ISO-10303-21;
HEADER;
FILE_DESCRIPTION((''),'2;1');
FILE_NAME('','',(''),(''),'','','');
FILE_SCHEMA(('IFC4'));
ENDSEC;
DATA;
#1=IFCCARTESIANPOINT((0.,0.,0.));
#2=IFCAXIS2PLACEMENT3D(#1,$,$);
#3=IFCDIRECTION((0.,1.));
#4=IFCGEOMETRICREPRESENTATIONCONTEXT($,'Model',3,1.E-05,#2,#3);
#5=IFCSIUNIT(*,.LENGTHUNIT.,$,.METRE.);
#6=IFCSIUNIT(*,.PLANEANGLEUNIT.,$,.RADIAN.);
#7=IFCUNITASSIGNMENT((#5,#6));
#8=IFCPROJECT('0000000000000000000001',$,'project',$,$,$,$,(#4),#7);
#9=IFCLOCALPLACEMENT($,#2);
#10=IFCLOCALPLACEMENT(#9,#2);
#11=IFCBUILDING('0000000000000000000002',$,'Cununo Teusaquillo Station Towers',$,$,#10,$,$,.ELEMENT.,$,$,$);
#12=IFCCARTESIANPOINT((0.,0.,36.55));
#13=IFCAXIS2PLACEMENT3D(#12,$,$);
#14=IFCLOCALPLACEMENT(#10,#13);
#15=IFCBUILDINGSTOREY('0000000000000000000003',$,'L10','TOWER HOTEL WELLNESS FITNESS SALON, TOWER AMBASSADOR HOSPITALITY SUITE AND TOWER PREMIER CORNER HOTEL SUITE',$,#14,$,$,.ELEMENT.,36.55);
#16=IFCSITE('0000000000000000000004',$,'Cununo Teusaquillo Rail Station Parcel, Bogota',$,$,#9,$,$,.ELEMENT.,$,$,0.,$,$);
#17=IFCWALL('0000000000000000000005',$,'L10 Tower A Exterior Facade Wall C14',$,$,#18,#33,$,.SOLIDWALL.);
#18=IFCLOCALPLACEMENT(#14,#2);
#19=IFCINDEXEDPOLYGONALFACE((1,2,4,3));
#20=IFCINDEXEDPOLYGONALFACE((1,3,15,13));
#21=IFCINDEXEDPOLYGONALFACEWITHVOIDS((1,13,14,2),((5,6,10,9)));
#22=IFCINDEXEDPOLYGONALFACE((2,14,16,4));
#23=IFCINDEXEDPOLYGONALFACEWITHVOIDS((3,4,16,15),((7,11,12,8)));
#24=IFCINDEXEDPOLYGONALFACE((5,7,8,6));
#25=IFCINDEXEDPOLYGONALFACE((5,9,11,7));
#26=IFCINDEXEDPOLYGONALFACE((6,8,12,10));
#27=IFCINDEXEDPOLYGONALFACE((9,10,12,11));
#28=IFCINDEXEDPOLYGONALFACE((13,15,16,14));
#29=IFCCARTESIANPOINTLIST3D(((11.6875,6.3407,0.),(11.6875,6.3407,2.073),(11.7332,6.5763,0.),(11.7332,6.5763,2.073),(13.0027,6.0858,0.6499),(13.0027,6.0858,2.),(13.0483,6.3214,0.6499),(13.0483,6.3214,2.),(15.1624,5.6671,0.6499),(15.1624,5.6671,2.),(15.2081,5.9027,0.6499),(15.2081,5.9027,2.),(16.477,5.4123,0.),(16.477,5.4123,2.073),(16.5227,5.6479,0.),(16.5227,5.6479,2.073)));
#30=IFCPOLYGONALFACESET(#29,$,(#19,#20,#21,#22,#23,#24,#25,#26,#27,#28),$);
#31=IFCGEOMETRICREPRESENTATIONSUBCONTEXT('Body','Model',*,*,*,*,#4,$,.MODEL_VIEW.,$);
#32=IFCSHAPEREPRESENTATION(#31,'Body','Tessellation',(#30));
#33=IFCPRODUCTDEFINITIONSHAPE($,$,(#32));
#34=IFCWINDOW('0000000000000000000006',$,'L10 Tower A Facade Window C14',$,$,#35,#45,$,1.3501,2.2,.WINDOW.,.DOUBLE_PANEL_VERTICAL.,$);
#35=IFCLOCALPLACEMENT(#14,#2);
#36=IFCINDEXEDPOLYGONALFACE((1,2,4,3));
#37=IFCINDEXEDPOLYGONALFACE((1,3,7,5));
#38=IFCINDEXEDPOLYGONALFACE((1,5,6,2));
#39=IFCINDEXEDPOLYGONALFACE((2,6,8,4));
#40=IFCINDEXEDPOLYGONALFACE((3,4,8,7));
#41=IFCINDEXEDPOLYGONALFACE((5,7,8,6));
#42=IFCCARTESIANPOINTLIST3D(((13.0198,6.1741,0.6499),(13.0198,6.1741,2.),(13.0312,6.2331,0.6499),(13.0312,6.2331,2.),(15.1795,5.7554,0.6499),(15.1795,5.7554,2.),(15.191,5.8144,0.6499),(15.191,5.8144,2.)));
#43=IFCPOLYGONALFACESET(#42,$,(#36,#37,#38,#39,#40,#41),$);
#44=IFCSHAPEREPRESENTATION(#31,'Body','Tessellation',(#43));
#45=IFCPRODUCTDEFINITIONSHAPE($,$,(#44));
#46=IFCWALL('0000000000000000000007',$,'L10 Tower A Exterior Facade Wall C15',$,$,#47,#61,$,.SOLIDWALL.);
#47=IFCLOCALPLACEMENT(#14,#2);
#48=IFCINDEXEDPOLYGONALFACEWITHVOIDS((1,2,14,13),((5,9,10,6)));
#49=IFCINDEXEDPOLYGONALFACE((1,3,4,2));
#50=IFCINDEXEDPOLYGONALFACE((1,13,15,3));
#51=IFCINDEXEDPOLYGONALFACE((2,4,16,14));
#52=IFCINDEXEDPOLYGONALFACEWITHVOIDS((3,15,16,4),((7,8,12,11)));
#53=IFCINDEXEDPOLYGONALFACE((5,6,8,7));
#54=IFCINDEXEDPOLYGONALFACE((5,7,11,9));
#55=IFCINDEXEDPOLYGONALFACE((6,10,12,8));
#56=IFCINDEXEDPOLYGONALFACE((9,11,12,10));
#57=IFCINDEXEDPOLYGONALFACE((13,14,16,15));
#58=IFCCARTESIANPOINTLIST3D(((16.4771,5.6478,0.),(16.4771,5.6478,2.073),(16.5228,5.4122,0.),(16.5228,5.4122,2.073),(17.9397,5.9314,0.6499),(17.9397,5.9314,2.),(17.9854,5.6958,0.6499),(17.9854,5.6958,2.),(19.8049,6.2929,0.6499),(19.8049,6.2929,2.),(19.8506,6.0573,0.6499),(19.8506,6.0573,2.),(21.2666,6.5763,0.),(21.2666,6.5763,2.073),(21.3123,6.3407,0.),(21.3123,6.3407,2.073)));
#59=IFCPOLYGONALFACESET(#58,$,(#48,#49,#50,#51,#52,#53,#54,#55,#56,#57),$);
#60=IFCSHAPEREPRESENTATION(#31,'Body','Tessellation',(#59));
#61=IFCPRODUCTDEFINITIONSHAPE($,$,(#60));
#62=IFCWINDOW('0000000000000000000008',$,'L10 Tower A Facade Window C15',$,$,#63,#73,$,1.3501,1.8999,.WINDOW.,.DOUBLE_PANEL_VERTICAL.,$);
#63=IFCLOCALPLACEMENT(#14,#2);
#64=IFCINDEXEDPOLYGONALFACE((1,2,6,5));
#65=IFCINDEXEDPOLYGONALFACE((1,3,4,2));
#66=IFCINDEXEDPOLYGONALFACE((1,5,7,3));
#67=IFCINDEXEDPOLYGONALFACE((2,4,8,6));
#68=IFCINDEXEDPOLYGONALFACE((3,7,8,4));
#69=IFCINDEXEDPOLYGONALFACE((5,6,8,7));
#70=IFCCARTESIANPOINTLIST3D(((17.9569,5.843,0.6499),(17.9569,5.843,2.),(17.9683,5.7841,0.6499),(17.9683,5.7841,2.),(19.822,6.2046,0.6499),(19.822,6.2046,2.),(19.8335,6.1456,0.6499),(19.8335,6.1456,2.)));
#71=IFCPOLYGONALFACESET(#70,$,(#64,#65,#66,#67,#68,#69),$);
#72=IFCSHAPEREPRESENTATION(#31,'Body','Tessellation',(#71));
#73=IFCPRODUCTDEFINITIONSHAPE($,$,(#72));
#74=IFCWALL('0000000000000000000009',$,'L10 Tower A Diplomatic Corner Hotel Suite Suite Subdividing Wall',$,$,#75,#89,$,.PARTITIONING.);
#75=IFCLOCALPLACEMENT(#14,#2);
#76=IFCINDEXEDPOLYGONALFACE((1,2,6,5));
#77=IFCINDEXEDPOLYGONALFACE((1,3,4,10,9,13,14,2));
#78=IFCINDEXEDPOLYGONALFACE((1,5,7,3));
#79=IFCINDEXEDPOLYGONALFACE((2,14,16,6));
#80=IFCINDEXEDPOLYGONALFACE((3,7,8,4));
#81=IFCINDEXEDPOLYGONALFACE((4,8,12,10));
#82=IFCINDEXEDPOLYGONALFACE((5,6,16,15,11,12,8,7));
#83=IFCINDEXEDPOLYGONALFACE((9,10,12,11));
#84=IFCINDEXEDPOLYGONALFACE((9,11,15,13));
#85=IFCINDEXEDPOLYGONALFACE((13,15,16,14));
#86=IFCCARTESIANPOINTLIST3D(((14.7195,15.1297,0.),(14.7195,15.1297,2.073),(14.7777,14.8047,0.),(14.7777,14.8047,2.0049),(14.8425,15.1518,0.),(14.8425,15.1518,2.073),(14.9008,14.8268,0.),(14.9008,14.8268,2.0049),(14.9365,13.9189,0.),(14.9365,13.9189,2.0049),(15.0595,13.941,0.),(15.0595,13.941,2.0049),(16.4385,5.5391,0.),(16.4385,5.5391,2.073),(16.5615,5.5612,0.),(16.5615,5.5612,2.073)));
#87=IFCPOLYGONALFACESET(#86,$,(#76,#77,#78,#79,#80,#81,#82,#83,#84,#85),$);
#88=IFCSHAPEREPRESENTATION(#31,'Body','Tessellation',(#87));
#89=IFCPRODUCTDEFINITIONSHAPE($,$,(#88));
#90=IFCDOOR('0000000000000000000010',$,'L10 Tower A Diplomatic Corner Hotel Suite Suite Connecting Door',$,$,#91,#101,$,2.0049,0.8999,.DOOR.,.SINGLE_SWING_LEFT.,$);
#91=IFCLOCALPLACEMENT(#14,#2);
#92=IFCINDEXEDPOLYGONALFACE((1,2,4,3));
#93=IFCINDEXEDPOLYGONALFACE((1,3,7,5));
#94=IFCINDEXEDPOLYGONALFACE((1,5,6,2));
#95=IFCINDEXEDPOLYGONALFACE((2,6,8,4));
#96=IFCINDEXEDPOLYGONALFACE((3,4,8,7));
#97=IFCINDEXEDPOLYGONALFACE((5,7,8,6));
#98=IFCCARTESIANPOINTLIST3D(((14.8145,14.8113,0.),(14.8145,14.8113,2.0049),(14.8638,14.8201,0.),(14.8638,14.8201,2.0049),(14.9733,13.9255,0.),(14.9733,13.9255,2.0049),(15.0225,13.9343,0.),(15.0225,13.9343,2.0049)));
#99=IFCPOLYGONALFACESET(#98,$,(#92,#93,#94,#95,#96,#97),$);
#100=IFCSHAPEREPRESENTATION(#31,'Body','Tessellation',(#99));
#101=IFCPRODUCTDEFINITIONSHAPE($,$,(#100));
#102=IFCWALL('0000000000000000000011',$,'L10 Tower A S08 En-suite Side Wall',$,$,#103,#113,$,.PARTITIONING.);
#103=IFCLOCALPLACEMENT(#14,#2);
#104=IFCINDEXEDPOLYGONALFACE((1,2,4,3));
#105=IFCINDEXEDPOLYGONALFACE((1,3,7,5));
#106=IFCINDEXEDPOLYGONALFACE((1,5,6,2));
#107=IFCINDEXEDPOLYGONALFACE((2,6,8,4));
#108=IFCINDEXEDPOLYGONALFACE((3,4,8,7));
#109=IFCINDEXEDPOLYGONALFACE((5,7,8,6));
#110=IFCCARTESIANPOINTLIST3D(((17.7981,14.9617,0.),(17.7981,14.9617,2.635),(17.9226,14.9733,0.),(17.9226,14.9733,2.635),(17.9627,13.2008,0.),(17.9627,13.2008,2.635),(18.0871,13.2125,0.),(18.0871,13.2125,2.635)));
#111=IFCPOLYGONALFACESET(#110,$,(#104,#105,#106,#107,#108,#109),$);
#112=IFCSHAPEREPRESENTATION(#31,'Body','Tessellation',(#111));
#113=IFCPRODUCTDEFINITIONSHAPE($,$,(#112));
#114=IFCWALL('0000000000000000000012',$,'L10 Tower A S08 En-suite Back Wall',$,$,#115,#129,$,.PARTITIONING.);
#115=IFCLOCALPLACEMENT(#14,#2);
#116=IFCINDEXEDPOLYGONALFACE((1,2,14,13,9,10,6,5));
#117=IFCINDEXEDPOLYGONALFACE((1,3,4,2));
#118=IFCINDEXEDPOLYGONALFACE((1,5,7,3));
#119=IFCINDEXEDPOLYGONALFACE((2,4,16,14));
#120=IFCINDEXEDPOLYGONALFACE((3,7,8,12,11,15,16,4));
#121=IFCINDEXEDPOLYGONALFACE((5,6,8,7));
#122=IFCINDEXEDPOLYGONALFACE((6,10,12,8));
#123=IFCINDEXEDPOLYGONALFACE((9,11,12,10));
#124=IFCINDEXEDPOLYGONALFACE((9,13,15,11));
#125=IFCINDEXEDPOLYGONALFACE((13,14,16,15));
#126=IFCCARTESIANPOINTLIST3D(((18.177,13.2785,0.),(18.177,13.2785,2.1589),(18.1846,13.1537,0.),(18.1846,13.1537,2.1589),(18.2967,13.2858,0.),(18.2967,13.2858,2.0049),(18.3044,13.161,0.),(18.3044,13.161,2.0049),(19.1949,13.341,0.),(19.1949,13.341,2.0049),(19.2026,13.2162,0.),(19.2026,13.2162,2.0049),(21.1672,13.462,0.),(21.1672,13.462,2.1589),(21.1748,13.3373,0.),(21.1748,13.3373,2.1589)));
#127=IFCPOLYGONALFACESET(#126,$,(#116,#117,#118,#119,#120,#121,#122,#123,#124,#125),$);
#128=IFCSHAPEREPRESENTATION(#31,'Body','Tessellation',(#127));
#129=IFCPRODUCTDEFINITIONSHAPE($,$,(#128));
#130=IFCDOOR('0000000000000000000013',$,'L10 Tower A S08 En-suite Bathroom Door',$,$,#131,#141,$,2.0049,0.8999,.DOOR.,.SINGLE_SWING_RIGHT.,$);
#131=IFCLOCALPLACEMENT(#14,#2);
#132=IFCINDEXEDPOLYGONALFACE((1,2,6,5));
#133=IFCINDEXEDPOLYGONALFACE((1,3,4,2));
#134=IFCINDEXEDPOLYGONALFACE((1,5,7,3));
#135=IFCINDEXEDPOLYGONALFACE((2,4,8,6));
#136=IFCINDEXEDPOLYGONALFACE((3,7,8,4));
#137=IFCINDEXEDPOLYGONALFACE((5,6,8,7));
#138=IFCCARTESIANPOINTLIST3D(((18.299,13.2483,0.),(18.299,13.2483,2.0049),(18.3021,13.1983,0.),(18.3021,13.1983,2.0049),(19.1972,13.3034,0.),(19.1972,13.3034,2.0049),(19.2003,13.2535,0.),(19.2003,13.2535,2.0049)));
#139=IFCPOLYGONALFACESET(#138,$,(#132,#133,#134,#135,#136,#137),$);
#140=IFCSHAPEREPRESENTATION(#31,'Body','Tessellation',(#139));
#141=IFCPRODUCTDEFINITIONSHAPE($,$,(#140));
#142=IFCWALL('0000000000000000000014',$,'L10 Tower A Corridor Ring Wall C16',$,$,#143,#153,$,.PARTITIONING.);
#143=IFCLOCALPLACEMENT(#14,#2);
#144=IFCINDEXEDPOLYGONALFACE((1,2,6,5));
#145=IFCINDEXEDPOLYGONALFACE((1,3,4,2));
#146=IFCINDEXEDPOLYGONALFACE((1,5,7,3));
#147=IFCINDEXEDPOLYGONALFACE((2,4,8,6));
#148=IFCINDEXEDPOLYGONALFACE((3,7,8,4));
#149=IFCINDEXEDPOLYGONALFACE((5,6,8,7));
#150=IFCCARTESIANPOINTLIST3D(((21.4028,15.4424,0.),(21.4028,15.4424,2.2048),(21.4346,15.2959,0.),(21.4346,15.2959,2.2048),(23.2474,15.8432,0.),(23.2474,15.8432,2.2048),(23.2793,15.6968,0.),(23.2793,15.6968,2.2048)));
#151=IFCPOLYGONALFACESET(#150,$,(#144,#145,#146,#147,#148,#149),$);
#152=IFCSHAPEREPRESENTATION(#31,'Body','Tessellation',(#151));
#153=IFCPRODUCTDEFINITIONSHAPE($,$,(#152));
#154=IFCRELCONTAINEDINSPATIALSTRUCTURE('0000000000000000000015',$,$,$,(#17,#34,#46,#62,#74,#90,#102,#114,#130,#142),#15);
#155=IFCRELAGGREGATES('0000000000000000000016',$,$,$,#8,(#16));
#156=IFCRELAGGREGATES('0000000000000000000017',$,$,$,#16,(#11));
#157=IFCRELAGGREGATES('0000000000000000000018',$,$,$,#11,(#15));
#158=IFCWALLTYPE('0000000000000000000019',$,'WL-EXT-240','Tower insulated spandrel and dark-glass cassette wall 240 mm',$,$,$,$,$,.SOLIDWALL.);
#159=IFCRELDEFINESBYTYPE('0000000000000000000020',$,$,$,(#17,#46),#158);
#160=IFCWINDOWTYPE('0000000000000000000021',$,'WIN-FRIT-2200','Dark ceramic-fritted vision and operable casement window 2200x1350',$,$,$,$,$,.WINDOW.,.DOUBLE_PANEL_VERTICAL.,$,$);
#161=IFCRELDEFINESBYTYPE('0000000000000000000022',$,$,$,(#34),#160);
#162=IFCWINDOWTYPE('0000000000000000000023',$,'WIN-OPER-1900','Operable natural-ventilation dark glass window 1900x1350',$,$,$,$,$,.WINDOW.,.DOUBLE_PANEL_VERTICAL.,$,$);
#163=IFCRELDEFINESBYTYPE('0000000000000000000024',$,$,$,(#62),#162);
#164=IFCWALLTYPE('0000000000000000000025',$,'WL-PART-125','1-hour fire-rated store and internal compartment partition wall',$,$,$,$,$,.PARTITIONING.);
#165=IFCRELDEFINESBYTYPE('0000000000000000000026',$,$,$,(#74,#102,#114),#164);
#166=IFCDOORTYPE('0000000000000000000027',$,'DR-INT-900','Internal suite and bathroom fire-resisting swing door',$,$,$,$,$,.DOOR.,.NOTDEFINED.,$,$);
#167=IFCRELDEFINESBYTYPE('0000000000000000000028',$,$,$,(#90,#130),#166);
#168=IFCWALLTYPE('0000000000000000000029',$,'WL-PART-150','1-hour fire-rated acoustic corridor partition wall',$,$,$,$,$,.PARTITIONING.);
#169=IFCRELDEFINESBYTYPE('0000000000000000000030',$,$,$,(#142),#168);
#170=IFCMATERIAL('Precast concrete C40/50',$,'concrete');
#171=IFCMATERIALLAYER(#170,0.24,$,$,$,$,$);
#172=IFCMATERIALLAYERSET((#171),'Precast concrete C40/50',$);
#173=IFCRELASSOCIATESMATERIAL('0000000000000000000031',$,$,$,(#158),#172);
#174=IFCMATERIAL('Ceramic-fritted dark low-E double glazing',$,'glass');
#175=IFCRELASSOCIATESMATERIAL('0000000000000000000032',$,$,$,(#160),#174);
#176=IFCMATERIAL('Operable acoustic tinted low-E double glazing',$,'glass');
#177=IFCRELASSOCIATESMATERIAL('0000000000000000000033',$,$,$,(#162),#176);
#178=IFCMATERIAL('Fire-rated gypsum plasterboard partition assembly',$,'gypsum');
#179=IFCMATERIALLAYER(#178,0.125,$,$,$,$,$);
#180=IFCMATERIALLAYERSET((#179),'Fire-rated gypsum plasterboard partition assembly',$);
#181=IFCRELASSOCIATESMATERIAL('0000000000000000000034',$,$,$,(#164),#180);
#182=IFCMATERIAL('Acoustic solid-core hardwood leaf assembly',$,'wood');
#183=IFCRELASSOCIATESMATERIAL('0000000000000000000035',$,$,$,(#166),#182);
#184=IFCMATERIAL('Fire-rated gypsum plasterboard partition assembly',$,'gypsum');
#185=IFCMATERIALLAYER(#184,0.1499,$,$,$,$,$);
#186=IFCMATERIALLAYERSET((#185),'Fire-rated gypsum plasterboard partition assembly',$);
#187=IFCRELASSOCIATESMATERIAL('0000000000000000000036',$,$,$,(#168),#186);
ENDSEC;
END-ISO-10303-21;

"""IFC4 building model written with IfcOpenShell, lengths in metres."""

from ifc_helpers import new_model, si_unit, direction, frame, frame_2d, origin, place, context, subcontext, project, spatial, rectangle, extrude, source, transform, mapped, material, layer, layer_set, type_object, element, fill, save


model = new_model("IFC4")

# Units and contexts
model_context = context("Model", 3, precision=1e-05, world=origin(), true_north=direction((0.0, 1.0)))
body_context = subcontext(model_context, "Body", "Model", "MODEL_VIEW")
ifc_project = project(units=[si_unit("LENGTHUNIT", "METRE"), si_unit("PLANEANGLEUNIT", "RADIAN")], contexts=[model_context])

# Site, building, storey
site_placement = place(None, origin())
site = spatial("IfcSite", under=ifc_project, at=site_placement, Name="Cununo Teusaquillo Rail Station Parcel, Bogota", CompositionType="ELEMENT", RefElevation=0.0)
building_placement = place(site_placement, origin())
building = spatial("IfcBuilding", under=site, at=building_placement, Name="Cununo Teusaquillo Station Towers", CompositionType="ELEMENT")
storey_placement = place(building_placement, frame((0.0, 0.0, 36.55)))
storey = spatial("IfcBuildingStorey", under=building, at=storey_placement, Name="L10", Description="TOWER HOTEL WELLNESS FITNESS SALON, TOWER AMBASSADOR HOSPITALITY SUITE AND TOWER PREMIER CORNER HOTEL SUITE", CompositionType="ELEMENT", Elevation=36.55)

# Walls, openings, windows
ifc_material_1 = material(Name="Precast concrete C40/50", Category="concrete")
ifc_layer_1 = layer(ifc_material_1, 0.24)
ifc_layer_set_1 = layer_set([ifc_layer_1], Name="Precast concrete C40/50")
wall_type_1 = type_object("IfcWallType", Name="WL-EXT-240", Description="Tower insulated spandrel and dark-glass cassette wall 240 mm", PredefinedType="SOLIDWALL", material=ifc_layer_set_1)
wall_1_placement = place(storey_placement, frame((16.5, 5.53, 0.0), z_axis=(0.0, 0.0, 1.0), x_axis=(-0.981724, 0.19031, 0.0)))
wall_1 = element("IfcWall", 1, at=wall_1_placement, inside=storey, type_object=wall_type_1, Name="L10 Tower A Exterior Facade Wall C14", PredefinedType="SOLIDWALL", context=body_context, shape_type="SweptSolid", body=[
    extrude(rectangle(XDim=4.8787, YDim=0.24, at=frame_2d((2.4395, 0.0))), origin(), (0.0, 0.0, 1.0), 2.073),
])
shared_shape_1 = source(origin(), body_context, "Body", "SweptSolid", [
    extrude(rectangle(XDim=2.2, YDim=1.3501, at=frame_2d((1.1001, 0.675))), frame((0.0, 0.1299, 0.0), z_axis=(0.0, -1.0, 0.0), x_axis=(1.0, 0.0, 0.0)), (0.0, 0.0, 1.0), 0.26),
])
opening_1_placement = place(wall_1_placement, frame((1.3391, 0.0, 0.6499)))
opening_1 = element("IfcOpeningElement", 2, at=opening_1_placement, cuts=wall_1, PredefinedType="OPENING", context=body_context, shape_type="MappedRepresentation", body=[
    mapped(shared_shape_1, transform((0.0, 0.0, 0.0), x_axis=(1.0, 0.0, 0.0), y_axis=(0.0, 1.0, 0.0), z_axis=(0.0, 0.0, 1.0), scale=1.0)),
])
ifc_material_2 = material(Name="Ceramic-fritted dark low-E double glazing", Category="glass")
window_type_1 = type_object("IfcWindowType", Name="WIN-FRIT-2200", Description="Dark ceramic-fritted vision and operable casement window 2200x1350", PartitioningType="DOUBLE_PANEL_VERTICAL", PredefinedType="WINDOW", material=ifc_material_2)
shared_shape_2 = source(origin(), body_context, "Body", "SweptSolid", [
    extrude(rectangle(XDim=2.2, YDim=1.3501, at=frame_2d((1.1001, 0.675))), frame((0.0, 0.03, 0.0), z_axis=(0.0, -1.0, 0.0), x_axis=(1.0, 0.0, 0.0)), (0.0, 0.0, 1.0), 0.0601),
])
window_1_placement = place(opening_1_placement, origin())
window_1 = element("IfcWindow", 3, at=window_1_placement, inside=storey, type_object=window_type_1, Name="L10 Tower A Facade Window C14", OverallHeight=1.3501, OverallWidth=2.2, PartitioningType="DOUBLE_PANEL_VERTICAL", PredefinedType="WINDOW", context=body_context, shape_type="MappedRepresentation", body=[
    mapped(shared_shape_2, transform((0.0, 0.0, 0.0), x_axis=(1.0, 0.0, 0.0), y_axis=(0.0, 1.0, 0.0), z_axis=(0.0, 0.0, 1.0), scale=1.0)),
])
fill(opening_1, window_1)
wall_2_placement = place(storey_placement, frame((21.2896, 6.4585, 0.0), z_axis=(0.0, 0.0, 1.0), x_axis=(-0.981724, -0.19031, 0.0)))
wall_2 = element("IfcWall", 4, at=wall_2_placement, inside=storey, type_object=wall_type_1, Name="L10 Tower A Exterior Facade Wall C15", PredefinedType="SOLIDWALL", context=body_context, shape_type="SweptSolid", body=[
    extrude(rectangle(XDim=4.8787, YDim=0.24, at=frame_2d((2.4395, 0.0))), origin(), (0.0, 0.0, 1.0), 2.073),
])
shared_shape_3 = source(origin(), body_context, "Body", "SweptSolid", [
    extrude(rectangle(XDim=1.8999, YDim=1.3501, at=frame_2d((0.95, 0.675))), frame((0.0, 0.1299, 0.0), z_axis=(0.0, -1.0, 0.0), x_axis=(1.0, 0.0, 0.0)), (0.0, 0.0, 1.0), 0.26),
])
opening_2_placement = place(wall_2_placement, frame((1.489, 0.0, 0.6499)))
opening_2 = element("IfcOpeningElement", 5, at=opening_2_placement, cuts=wall_2, PredefinedType="OPENING", context=body_context, shape_type="MappedRepresentation", body=[
    mapped(shared_shape_3, transform((0.0, 0.0, 0.0), x_axis=(1.0, 0.0, 0.0), y_axis=(0.0, 1.0, 0.0), z_axis=(0.0, 0.0, 1.0), scale=1.0)),
])
ifc_material_3 = material(Name="Operable acoustic tinted low-E double glazing", Category="glass")
window_type_2 = type_object("IfcWindowType", Name="WIN-OPER-1900", Description="Operable natural-ventilation dark glass window 1900x1350", PartitioningType="DOUBLE_PANEL_VERTICAL", PredefinedType="WINDOW", material=ifc_material_3)
shared_shape_4 = source(origin(), body_context, "Body", "SweptSolid", [
    extrude(rectangle(XDim=1.8999, YDim=1.3501, at=frame_2d((0.95, 0.675))), frame((0.0, 0.03, 0.0), z_axis=(0.0, -1.0, 0.0), x_axis=(1.0, 0.0, 0.0)), (0.0, 0.0, 1.0), 0.0601),
])
window_2_placement = place(opening_2_placement, origin())
window_2 = element("IfcWindow", 6, at=window_2_placement, inside=storey, type_object=window_type_2, Name="L10 Tower A Facade Window C15", OverallHeight=1.3501, OverallWidth=1.8999, PartitioningType="DOUBLE_PANEL_VERTICAL", PredefinedType="WINDOW", context=body_context, shape_type="MappedRepresentation", body=[
    mapped(shared_shape_4, transform((0.0, 0.0, 0.0), x_axis=(1.0, 0.0, 0.0), y_axis=(0.0, 1.0, 0.0), z_axis=(0.0, 0.0, 1.0), scale=1.0)),
])
fill(opening_2, window_2)

# Wall, opening, door
ifc_material_4 = material(Name="Fire-rated gypsum plasterboard partition assembly", Category="gypsum")
ifc_layer_2 = layer(ifc_material_4, 0.125)
ifc_layer_set_2 = layer_set([ifc_layer_2], Name="Fire-rated gypsum plasterboard partition assembly")
wall_type_2 = type_object("IfcWallType", Name="WL-PART-125", Description="1-hour fire-rated store and internal compartment partition wall", PredefinedType="PARTITIONING", material=ifc_layer_set_2)
wall_3_placement = place(storey_placement, frame((14.781, 15.1406, 0.0), z_axis=(0.0, 0.0, 1.0), x_axis=(0.176426, -0.984314, 0.0)))
wall_3 = element("IfcWall", 7, at=wall_3_placement, inside=storey, type_object=wall_type_2, Name="L10 Tower A Diplomatic Corner Hotel Suite Suite Subdividing Wall", PredefinedType="PARTITIONING", context=body_context, shape_type="SweptSolid", body=[
    extrude(rectangle(XDim=9.7434, YDim=0.125, at=frame_2d((4.8716, 0.0))), origin(), (0.0, 0.0, 1.0), 2.073),
])
shared_shape_5 = source(origin(), body_context, "Body", "SweptSolid", [
    extrude(rectangle(XDim=0.8999, YDim=2.0049, at=frame_2d((0.45, 1.0024))), frame((0.0, 0.0725, 0.0), z_axis=(0.0, -1.0, 0.0), x_axis=(1.0, 0.0, 0.0)), (0.0, 0.0, 1.0), 0.145),
])
opening_3_placement = place(wall_3_placement, frame((0.3301, 0.0, 0.0)))
opening_3 = element("IfcOpeningElement", 8, at=opening_3_placement, cuts=wall_3, PredefinedType="OPENING", context=body_context, shape_type="MappedRepresentation", body=[
    mapped(shared_shape_5, transform((0.0, 0.0, 0.0), x_axis=(1.0, 0.0, 0.0), y_axis=(0.0, 1.0, 0.0), z_axis=(0.0, 0.0, 1.0), scale=1.0)),
])
ifc_material_5 = material(Name="Acoustic solid-core hardwood leaf assembly", Category="wood")
door_type_1 = type_object("IfcDoorType", Name="DR-INT-900", Description="Internal suite and bathroom fire-resisting swing door", OperationType="NOTDEFINED", PredefinedType="DOOR", material=ifc_material_5)
shared_shape_6 = source(origin(), body_context, "Body", "SweptSolid", [
    extrude(rectangle(XDim=0.8999, YDim=2.0049, at=frame_2d((0.45, 1.0024))), frame((0.0, 0.0249, 0.0), z_axis=(0.0, -1.0, 0.0), x_axis=(1.0, 0.0, 0.0)), (0.0, 0.0, 1.0), 0.05),
])
door_1_placement = place(opening_3_placement, origin())
door_1 = element("IfcDoor", 9, at=door_1_placement, inside=storey, type_object=door_type_1, Name="L10 Tower A Diplomatic Corner Hotel Suite Suite Connecting Door", OperationType="SINGLE_SWING_LEFT", OverallHeight=2.0049, OverallWidth=0.8999, PredefinedType="DOOR", context=body_context, shape_type="MappedRepresentation", body=[
    mapped(shared_shape_6, transform((0.0, 0.0, 0.0), x_axis=(1.0, 0.0, 0.0), y_axis=(0.0, 1.0, 0.0), z_axis=(0.0, 0.0, 1.0), scale=1.0)),
])
fill(opening_3, door_1)

# Wall
wall_4_placement = place(storey_placement, frame((17.8604, 14.9675, 0.0), z_axis=(0.0, 0.0, 1.0), x_axis=(0.093037, -0.995663, 0.0)))
element("IfcWall", 10, at=wall_4_placement, inside=storey, type_object=wall_type_2, Name="L10 Tower A S08 En-suite Side Wall", PredefinedType="PARTITIONING", context=body_context, shape_type="SweptSolid", body=[
    extrude(rectangle(XDim=1.7686, YDim=0.125, at=frame_2d((0.8843, 0.0))), origin(), (0.0, 0.0, 1.0), 2.635),
])

# Wall, opening, door
wall_5_placement = place(storey_placement, frame((18.1807, 13.2161, 0.0), z_axis=(0.0, 0.0, 1.0), x_axis=(0.99812, 0.061282, 0.0)))
wall_5 = element("IfcWall", 11, at=wall_5_placement, inside=storey, type_object=wall_type_2, Name="L10 Tower A S08 En-suite Back Wall", PredefinedType="PARTITIONING", context=body_context, shape_type="SweptSolid", body=[
    extrude(rectangle(XDim=2.9958, YDim=0.125, at=frame_2d((1.498, 0.0))), origin(), (0.0, 0.0, 1.0), 2.1589),
])
opening_4_placement = place(wall_5_placement, frame((0.1201, 0.0, 0.0)))
opening_4 = element("IfcOpeningElement", 12, at=opening_4_placement, cuts=wall_5, PredefinedType="OPENING", context=body_context, shape_type="MappedRepresentation", body=[
    mapped(shared_shape_5, transform((0.0, 0.0, 0.0), x_axis=(1.0, 0.0, 0.0), y_axis=(0.0, 1.0, 0.0), z_axis=(0.0, 0.0, 1.0), scale=1.0)),
])
door_2_placement = place(opening_4_placement, origin())
door_2 = element("IfcDoor", 13, at=door_2_placement, inside=storey, type_object=door_type_1, Name="L10 Tower A S08 En-suite Bathroom Door", OperationType="SINGLE_SWING_RIGHT", OverallHeight=2.0049, OverallWidth=0.8999, PredefinedType="DOOR", context=body_context, shape_type="MappedRepresentation", body=[
    mapped(shared_shape_6, transform((0.0, 0.0, 0.0), x_axis=(1.0, 0.0, 0.0), y_axis=(0.0, 1.0, 0.0), z_axis=(0.0, 0.0, 1.0), scale=1.0)),
])
fill(opening_4, door_2)

# Wall
ifc_material_6 = material(Name="Fire-rated gypsum plasterboard partition assembly", Category="gypsum")
ifc_layer_3 = layer(ifc_material_6, 0.1499)
ifc_layer_set_3 = layer_set([ifc_layer_3], Name="Fire-rated gypsum plasterboard partition assembly")
wall_type_3 = type_object("IfcWallType", Name="WL-PART-150", Description="1-hour fire-rated acoustic corridor partition wall", PredefinedType="PARTITIONING", material=ifc_layer_set_3)
wall_6_placement = place(storey_placement, frame((21.4187, 15.3691, 0.0), z_axis=(0.0, 0.0, 1.0), x_axis=(0.977193, 0.212354, 0.0)))
element("IfcWall", 14, at=wall_6_placement, inside=storey, type_object=wall_type_3, Name="L10 Tower A Corridor Ring Wall C16", PredefinedType="PARTITIONING", context=body_context, shape_type="SweptSolid", body=[
    extrude(rectangle(XDim=1.8877, YDim=0.1499, at=frame_2d((0.9438, 0.0))), origin(), (0.0, 0.0, 1.0), 2.2048),
])

save(model, "model.ifc")
